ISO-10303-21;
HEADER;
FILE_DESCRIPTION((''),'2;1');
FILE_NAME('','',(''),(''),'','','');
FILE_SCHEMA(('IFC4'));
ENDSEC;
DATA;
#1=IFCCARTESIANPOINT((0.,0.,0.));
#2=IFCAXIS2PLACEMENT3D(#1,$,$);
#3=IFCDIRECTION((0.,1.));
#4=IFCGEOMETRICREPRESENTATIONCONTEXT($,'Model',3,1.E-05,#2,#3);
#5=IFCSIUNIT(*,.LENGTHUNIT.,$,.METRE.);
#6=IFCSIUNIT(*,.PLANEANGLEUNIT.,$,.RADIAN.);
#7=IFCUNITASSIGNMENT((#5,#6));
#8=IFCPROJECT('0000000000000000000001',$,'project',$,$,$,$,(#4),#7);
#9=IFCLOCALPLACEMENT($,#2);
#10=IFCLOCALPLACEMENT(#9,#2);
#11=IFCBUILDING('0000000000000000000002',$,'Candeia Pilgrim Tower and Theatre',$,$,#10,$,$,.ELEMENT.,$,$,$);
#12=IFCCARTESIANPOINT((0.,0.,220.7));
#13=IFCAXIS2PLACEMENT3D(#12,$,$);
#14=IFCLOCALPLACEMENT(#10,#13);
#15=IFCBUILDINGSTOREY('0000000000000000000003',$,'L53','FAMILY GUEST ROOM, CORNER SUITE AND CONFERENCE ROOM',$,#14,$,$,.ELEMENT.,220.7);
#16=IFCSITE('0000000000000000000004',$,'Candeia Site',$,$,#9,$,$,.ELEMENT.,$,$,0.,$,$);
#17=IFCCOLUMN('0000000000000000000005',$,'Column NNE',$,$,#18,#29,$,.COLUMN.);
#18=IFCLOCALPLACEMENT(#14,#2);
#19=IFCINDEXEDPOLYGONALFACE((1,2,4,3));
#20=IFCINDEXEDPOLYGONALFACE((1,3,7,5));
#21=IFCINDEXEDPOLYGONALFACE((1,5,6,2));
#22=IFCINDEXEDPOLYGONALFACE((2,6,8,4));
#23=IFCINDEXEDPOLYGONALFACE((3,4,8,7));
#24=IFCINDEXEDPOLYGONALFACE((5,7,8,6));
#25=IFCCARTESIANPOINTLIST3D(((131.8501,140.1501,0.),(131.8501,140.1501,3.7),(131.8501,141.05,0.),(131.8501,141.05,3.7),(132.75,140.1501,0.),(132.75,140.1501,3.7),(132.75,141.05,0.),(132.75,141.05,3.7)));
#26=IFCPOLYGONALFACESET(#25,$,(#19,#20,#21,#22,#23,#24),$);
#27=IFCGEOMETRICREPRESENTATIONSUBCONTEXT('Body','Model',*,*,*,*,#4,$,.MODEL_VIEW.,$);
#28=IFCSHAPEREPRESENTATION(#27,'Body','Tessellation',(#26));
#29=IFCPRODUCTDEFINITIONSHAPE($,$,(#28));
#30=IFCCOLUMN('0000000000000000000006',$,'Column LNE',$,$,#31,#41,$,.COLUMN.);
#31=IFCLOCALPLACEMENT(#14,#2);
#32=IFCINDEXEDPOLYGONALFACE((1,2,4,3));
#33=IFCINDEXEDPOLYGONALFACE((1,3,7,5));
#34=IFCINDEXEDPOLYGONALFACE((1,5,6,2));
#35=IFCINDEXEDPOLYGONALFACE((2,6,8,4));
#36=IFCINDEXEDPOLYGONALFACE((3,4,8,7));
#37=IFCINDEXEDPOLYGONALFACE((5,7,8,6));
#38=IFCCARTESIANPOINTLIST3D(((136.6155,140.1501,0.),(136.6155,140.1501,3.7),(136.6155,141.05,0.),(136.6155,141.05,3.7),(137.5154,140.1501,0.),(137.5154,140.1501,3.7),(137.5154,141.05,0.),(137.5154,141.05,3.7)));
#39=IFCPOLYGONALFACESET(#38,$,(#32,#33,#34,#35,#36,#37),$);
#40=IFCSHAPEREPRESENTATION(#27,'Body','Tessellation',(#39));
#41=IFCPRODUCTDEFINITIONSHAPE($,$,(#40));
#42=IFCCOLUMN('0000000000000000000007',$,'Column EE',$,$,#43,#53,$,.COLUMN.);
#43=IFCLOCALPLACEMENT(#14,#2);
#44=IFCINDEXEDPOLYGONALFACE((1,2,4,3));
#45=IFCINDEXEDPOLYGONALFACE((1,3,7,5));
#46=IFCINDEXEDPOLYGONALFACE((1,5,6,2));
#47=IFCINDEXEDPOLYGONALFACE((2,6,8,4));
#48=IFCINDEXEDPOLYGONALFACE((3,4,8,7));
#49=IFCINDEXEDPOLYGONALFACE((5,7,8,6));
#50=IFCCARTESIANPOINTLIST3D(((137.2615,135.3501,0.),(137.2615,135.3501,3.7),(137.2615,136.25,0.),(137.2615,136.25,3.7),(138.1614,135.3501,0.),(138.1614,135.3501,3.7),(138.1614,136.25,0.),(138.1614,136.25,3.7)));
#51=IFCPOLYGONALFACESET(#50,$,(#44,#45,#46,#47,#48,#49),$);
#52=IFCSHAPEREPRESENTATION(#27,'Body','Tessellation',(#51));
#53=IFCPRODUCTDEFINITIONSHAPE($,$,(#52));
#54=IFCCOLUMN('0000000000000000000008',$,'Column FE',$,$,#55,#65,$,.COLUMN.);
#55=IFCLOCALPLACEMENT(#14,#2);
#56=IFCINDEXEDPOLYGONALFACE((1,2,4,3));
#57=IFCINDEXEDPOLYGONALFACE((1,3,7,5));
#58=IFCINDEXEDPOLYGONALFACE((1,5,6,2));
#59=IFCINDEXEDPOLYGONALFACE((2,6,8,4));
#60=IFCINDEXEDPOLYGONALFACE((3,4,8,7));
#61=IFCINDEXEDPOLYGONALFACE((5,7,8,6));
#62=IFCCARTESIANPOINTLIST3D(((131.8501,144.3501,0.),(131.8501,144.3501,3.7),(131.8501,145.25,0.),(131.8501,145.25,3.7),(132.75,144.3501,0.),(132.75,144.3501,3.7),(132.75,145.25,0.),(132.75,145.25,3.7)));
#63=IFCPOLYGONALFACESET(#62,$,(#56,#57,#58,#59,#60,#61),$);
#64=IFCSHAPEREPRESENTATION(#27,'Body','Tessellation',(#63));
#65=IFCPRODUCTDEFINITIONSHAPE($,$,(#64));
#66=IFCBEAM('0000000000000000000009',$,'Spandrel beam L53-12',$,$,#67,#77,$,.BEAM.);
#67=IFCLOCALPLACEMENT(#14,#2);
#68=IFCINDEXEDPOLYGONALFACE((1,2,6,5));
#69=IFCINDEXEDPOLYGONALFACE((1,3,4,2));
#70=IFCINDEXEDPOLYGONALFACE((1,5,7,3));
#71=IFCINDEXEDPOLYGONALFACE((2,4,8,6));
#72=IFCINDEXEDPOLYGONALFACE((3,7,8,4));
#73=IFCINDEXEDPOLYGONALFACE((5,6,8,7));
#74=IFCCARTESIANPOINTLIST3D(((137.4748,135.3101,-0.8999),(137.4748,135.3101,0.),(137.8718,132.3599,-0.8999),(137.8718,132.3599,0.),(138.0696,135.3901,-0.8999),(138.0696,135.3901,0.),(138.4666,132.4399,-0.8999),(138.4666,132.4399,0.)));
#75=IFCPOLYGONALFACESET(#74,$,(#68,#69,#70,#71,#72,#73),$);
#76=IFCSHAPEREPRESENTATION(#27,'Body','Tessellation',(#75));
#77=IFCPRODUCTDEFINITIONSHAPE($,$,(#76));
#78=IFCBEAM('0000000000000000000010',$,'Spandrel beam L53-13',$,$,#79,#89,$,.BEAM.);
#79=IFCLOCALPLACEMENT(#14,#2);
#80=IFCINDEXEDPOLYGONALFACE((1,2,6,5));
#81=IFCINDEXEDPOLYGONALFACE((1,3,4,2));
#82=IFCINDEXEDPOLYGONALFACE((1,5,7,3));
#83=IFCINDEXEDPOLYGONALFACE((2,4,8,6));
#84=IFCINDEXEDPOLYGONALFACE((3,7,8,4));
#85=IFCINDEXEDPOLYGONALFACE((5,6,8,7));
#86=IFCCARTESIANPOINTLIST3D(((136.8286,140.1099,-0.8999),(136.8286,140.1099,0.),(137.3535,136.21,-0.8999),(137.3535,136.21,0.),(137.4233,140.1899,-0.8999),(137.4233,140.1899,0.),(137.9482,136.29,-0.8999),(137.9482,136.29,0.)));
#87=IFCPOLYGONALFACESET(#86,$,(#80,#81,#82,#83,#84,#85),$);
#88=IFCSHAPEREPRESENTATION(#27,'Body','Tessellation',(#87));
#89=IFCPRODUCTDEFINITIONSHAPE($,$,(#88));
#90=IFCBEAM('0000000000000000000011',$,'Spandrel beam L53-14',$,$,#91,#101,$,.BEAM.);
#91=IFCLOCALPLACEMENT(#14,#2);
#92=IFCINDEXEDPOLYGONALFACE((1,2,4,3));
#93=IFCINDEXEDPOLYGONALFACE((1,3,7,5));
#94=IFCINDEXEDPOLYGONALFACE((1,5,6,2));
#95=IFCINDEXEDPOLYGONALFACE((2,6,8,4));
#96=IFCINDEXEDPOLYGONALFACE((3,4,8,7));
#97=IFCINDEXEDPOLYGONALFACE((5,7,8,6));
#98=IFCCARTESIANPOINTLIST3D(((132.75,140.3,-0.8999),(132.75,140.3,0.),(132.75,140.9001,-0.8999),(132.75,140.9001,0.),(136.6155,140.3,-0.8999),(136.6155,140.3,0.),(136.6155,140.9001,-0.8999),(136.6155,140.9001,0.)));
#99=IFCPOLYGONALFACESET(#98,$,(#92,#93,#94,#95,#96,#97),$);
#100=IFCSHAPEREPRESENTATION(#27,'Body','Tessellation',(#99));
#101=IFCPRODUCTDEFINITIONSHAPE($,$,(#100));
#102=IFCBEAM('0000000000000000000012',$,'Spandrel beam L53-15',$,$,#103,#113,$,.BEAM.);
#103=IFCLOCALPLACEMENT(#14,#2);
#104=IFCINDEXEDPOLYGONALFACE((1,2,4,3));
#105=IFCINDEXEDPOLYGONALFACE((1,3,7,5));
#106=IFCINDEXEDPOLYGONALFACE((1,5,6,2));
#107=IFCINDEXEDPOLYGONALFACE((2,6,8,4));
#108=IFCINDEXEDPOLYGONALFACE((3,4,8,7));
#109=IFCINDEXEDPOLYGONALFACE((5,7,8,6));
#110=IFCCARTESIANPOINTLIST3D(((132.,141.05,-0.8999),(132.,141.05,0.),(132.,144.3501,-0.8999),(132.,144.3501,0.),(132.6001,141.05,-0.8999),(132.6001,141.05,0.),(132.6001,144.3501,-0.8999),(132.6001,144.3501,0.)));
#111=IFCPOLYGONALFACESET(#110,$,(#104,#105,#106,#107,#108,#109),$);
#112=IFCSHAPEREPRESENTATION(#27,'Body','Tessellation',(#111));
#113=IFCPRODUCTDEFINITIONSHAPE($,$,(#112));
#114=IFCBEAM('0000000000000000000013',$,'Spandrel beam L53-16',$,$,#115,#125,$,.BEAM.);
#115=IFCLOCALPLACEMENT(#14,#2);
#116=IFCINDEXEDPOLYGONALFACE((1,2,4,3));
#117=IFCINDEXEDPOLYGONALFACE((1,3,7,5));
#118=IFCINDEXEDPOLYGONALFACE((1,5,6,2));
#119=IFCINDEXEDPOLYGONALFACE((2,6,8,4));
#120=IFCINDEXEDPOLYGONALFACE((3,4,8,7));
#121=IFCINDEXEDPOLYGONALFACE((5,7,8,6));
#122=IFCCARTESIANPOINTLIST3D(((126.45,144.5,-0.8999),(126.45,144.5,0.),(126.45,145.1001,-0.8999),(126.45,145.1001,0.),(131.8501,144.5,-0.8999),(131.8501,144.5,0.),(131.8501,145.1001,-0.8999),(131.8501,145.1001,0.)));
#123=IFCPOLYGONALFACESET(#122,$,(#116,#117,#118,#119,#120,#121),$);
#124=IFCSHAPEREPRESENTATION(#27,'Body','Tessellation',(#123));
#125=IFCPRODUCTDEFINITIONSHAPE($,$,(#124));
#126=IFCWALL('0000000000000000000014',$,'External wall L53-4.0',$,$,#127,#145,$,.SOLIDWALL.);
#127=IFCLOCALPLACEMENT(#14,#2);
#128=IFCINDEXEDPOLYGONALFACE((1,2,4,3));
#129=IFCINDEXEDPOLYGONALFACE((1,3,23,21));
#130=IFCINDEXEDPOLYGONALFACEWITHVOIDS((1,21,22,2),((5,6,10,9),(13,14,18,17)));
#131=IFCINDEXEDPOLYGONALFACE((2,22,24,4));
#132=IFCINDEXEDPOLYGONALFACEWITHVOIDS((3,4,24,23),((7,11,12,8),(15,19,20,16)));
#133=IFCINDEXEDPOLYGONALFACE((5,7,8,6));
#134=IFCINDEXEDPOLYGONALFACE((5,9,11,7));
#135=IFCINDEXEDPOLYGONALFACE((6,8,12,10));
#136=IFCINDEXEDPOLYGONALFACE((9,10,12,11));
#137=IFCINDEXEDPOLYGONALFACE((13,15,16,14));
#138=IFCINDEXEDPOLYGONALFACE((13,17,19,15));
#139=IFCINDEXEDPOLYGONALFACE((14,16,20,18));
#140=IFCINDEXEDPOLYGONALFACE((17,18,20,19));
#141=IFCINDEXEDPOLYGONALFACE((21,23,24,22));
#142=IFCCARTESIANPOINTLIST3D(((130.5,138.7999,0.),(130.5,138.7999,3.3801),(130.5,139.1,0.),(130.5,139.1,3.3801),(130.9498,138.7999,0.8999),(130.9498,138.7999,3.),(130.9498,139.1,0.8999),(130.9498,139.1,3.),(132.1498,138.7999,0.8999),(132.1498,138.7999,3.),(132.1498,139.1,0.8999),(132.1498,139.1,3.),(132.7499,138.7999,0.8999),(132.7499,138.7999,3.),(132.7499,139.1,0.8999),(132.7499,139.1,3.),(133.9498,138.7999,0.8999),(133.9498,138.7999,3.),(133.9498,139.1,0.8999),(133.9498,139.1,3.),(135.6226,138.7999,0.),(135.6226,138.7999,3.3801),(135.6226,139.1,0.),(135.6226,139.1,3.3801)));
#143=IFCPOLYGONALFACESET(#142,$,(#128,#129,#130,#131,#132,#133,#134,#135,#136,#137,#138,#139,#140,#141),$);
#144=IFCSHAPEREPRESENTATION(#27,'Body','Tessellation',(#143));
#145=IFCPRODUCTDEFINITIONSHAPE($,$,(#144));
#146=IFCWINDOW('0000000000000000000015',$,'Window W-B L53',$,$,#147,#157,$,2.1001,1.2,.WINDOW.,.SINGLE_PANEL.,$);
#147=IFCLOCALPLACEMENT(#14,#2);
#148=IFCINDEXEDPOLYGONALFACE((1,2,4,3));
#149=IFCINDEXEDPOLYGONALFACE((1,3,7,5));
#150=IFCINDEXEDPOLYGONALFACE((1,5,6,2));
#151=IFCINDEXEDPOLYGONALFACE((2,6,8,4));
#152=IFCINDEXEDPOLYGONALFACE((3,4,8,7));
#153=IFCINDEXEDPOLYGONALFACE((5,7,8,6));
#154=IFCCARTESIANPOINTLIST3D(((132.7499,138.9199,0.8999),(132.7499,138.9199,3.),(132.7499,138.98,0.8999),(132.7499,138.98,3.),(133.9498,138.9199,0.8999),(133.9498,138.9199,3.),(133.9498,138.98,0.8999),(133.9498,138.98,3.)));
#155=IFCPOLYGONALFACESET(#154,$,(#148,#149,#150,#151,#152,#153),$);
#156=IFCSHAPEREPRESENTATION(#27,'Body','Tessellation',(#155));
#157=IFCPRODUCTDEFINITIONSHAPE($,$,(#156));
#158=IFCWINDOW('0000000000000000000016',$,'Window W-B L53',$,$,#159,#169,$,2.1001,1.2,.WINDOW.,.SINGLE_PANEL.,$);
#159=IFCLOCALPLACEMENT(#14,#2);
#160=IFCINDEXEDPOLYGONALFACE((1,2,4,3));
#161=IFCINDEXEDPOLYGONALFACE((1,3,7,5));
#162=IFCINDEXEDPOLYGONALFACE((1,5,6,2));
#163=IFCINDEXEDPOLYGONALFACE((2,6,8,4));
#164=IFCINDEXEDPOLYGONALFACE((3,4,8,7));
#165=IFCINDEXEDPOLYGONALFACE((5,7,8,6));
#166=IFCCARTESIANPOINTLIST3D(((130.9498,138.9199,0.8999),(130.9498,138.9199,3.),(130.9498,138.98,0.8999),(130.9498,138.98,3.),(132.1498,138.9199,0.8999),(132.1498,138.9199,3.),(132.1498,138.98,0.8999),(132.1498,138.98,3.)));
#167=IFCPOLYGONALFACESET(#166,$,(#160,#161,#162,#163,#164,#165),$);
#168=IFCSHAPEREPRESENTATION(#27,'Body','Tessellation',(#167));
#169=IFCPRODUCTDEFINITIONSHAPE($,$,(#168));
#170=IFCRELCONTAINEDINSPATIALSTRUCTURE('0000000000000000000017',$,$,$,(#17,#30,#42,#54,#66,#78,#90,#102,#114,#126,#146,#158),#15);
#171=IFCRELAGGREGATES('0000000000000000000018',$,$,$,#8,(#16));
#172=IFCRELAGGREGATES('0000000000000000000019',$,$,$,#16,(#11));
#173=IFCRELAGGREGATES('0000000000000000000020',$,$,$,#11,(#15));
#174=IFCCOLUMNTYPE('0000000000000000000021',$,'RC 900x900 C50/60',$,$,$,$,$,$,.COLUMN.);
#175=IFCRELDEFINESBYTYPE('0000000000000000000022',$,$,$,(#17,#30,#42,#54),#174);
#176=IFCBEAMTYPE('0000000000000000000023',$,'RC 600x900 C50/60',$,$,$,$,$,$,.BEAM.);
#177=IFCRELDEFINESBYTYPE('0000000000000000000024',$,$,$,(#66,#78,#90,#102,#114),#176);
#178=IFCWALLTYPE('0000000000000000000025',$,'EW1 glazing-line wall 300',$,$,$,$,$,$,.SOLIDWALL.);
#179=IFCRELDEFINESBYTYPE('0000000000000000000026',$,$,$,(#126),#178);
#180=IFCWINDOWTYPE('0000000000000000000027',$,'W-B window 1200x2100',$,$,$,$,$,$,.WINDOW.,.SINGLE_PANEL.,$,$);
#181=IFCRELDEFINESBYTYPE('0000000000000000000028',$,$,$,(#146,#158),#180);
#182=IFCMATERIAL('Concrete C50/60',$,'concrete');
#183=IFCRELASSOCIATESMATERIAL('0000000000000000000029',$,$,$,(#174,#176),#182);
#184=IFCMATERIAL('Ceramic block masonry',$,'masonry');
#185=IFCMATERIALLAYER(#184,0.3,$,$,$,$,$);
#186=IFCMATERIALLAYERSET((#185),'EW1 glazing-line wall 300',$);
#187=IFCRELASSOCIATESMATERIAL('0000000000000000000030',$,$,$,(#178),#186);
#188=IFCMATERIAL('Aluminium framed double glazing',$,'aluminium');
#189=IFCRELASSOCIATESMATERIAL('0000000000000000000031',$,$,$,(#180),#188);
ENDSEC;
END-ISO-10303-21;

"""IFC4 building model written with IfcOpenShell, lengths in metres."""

from ifc_helpers import new_model, si_unit, direction, frame, frame_2d, origin, origin_2d, place, context, subcontext, project, spatial, rectangle, extrude, material, layer, layer_set, material_profile, profile_set, type_object, element, fill, save


model = new_model("IFC4")

# Units and contexts
model_context = context("Model", 3, precision=1e-05, world=origin(), true_north=direction((0.0, 1.0)))
body_context = subcontext(model_context, "Body", "Model", "MODEL_VIEW")
ifc_project = project(units=[si_unit("LENGTHUNIT", "METRE"), si_unit("PLANEANGLEUNIT", "RADIAN")], contexts=[model_context])

# Site, building, storey
site_placement = place(None, origin())
site = spatial("IfcSite", under=ifc_project, at=site_placement, Name="Candeia Site", CompositionType="ELEMENT", RefElevation=0.0)
building_placement = place(site_placement, origin())
building = spatial("IfcBuilding", under=site, at=building_placement, Name="Candeia Pilgrim Tower and Theatre", CompositionType="ELEMENT")
storey_placement = place(building_placement, frame((0.0, 0.0, 220.7)))
storey = spatial("IfcBuildingStorey", under=building, at=storey_placement, Name="L53", Description="FAMILY GUEST ROOM, CORNER SUITE AND CONFERENCE ROOM", CompositionType="ELEMENT", Elevation=220.7)

# Columns
ifc_material_1 = material(Name="Concrete C50/60", Category="concrete")
ifc_material_profile_1 = material_profile(ifc_material_1, rectangle(XDim=0.8999, YDim=0.8999, at=origin_2d()))
ifc_profile_set_1 = profile_set([ifc_material_profile_1], Name="Concrete C50/60")
column_type = type_object("IfcColumnType", Name="RC 900x900 C50/60", PredefinedType="COLUMN", material=ifc_profile_set_1)
for number, where, z_axis, x_axis, name in (
    (1, (132.3, 140.6001, 0.0), (0.0, 0.0, 1.0), (1.0, 0.0, 0.0), "Column NNE"),
    (2, (137.0654, 140.6001, 0.0), (0.0, 0.0, 1.0), (1.0, 0.0, 0.0), "Column LNE"),
    (3, (137.7114, 135.8, 0.0), (0.0, 0.0, 1.0), (1.0, 0.0, 0.0), "Column EE"),
    (4, (132.3, 144.8, 0.0), (0.0, 0.0, 1.0), (1.0, 0.0, 0.0), "Column FE"),
):
    element("IfcColumn", number, at=place(storey_placement, frame(where, z_axis=z_axis, x_axis=x_axis)), inside=storey, type_object=column_type, Name=name, PredefinedType="COLUMN", context=body_context, shape_type="SweptSolid", body=[
        extrude(rectangle(XDim=0.8999, YDim=0.8999, at=origin_2d()), origin(), (0.0, 0.0, 1.0), 3.7),
    ])

# Beams
ifc_material_profile_2 = material_profile(ifc_material_1, rectangle(XDim=0.6001, YDim=0.8999, at=origin_2d()))
ifc_profile_set_2 = profile_set([ifc_material_profile_2], Name="Concrete C50/60")
beam_type = type_object("IfcBeamType", Name="RC 600x900 C50/60", PredefinedType="BEAM", material=ifc_profile_set_2)
beam_1_placement = place(storey_placement, frame((138.1692, 132.3999, -0.45), z_axis=(-0.133356, 0.991068, 0.0), x_axis=(-0.991068, -0.133356, 0.0)))
element("IfcBeam", 5, at=beam_1_placement, inside=storey, type_object=beam_type, Name="Spandrel beam L53-12", PredefinedType="BEAM", context=body_context, shape_type="SweptSolid", body=[
    extrude(rectangle(XDim=0.6001, YDim=0.8999, at=origin_2d()), origin(), (0.0, 0.0, 1.0), 2.9768),
])
beam_2_placement = place(storey_placement, frame((137.6509, 136.25, -0.45), z_axis=(-0.133391, 0.991064, 0.0), x_axis=(-0.991064, -0.133391, 0.0)))
element("IfcBeam", 6, at=beam_2_placement, inside=storey, type_object=beam_type, Name="Spandrel beam L53-13", PredefinedType="BEAM", context=body_context, shape_type="SweptSolid", body=[
    extrude(rectangle(XDim=0.6001, YDim=0.8999, at=origin_2d()), origin(), (0.0, 0.0, 1.0), 3.9351),
])
beam_3_placement = place(storey_placement, frame((136.6155, 140.6001, -0.45), z_axis=(-1.0, 0.0, 0.0), x_axis=(0.0, -1.0, 0.0)))
element("IfcBeam", 7, at=beam_3_placement, inside=storey, type_object=beam_type, Name="Spandrel beam L53-14", PredefinedType="BEAM", context=body_context, shape_type="SweptSolid", body=[
    extrude(rectangle(XDim=0.6001, YDim=0.8999, at=origin_2d()), origin(), (0.0, 0.0, 1.0), 3.8655),
])
beam_4_placement = place(storey_placement, frame((132.3, 141.05, -0.45), z_axis=(0.0, 1.0, 0.0), x_axis=(-1.0, 0.0, 0.0)))
element("IfcBeam", 8, at=beam_4_placement, inside=storey, type_object=beam_type, Name="Spandrel beam L53-15", PredefinedType="BEAM", context=body_context, shape_type="SweptSolid", body=[
    extrude(rectangle(XDim=0.6001, YDim=0.8999, at=origin_2d()), origin(), (0.0, 0.0, 1.0), 3.3),
])
beam_5_placement = place(storey_placement, frame((131.8501, 144.8, -0.45), z_axis=(-1.0, 0.0, 0.0), x_axis=(0.0, -1.0, 0.0)))
element("IfcBeam", 9, at=beam_5_placement, inside=storey, type_object=beam_type, Name="Spandrel beam L53-16", PredefinedType="BEAM", context=body_context, shape_type="SweptSolid", body=[
    extrude(rectangle(XDim=0.6001, YDim=0.8999, at=origin_2d()), origin(), (0.0, 0.0, 1.0), 5.4001),
])

# Shared definitions
ifc_material_2 = material(Name="Ceramic block masonry", Category="masonry")
ifc_layer_1 = layer(ifc_material_2, 0.3)
ifc_layer_set_1 = layer_set([ifc_layer_1], Name="EW1 glazing-line wall 300")
wall_type_1 = type_object("IfcWallType", Name="EW1 glazing-line wall 300", PredefinedType="SOLIDWALL", material=ifc_layer_set_1)
ifc_material_3 = material(Name="Aluminium framed double glazing", Category="aluminium")
window_type_1 = type_object("IfcWindowType", Name="W-B window 1200x2100", PartitioningType="SINGLE_PANEL", PredefinedType="WINDOW", material=ifc_material_3)

# Wall, openings, windows
wall_1_placement = place(storey_placement, frame((135.6226, 138.95, 0.0), z_axis=(0.0, 0.0, 1.0), x_axis=(-1.0, 0.0, 0.0)))
wall_1 = element("IfcWall", 10, at=wall_1_placement, inside=storey, type_object=wall_type_1, Name="External wall L53-4.0", PredefinedType="SOLIDWALL", context=body_context, shape_type="SweptSolid", body=[
    extrude(rectangle(XDim=5.1226, YDim=0.3, at=frame_2d((2.5613, 0.0))), origin(), (0.0, 0.0, 1.0), 3.3801),
])
opening_1_placement = place(wall_1_placement, frame((1.6726, 0.0, 0.8999)))
opening_1 = element("IfcOpeningElement", 11, at=opening_1_placement, cuts=wall_1, PredefinedType="OPENING", context=body_context, shape_type="SweptSolid", body=[
    extrude(rectangle(XDim=1.2, YDim=2.1001, at=frame_2d((0.6001, 1.05))), frame((0.0, 0.1602, 0.0), z_axis=(0.0, -1.0, 0.0), x_axis=(1.0, 0.0, 0.0)), (0.0, 0.0, 1.0), 0.3201),
])
opening_2_placement = place(wall_1_placement, frame((3.4727, 0.0, 0.8999)))
opening_2 = element("IfcOpeningElement", 12, at=opening_2_placement, cuts=wall_1, PredefinedType="OPENING", context=body_context, shape_type="SweptSolid", body=[
    extrude(rectangle(XDim=1.2, YDim=2.1001, at=frame_2d((0.6001, 1.05))), frame((0.0, 0.1602, 0.0), z_axis=(0.0, -1.0, 0.0), x_axis=(1.0, 0.0, 0.0)), (0.0, 0.0, 1.0), 0.3201),
])
window_1_placement = place(opening_1_placement, origin())
window_1 = element("IfcWindow", 13, at=window_1_placement, inside=storey, type_object=window_type_1, Name="Window W-B L53", OverallHeight=2.1001, OverallWidth=1.2, PartitioningType="SINGLE_PANEL", PredefinedType="WINDOW", context=body_context, shape_type="SweptSolid", body=[
    extrude(rectangle(XDim=1.2, YDim=2.1001, at=frame_2d((0.6001, 1.05))), frame((0.0, 0.03, 0.0), z_axis=(0.0, -1.0, 0.0), x_axis=(1.0, 0.0, 0.0)), (0.0, 0.0, 1.0), 0.0601),
])
fill(opening_1, window_1)
window_2_placement = place(opening_2_placement, origin())
window_2 = element("IfcWindow", 14, at=window_2_placement, inside=storey, type_object=window_type_1, Name="Window W-B L53", OverallHeight=2.1001, OverallWidth=1.2, PartitioningType="SINGLE_PANEL", PredefinedType="WINDOW", context=body_context, shape_type="SweptSolid", body=[
    extrude(rectangle(XDim=1.2, YDim=2.1001, at=frame_2d((0.6001, 1.05))), frame((0.0, 0.03, 0.0), z_axis=(0.0, -1.0, 0.0), x_axis=(1.0, 0.0, 0.0)), (0.0, 0.0, 1.0), 0.0601),
])
fill(opening_2, window_2)

save(model, "model.ifc")
